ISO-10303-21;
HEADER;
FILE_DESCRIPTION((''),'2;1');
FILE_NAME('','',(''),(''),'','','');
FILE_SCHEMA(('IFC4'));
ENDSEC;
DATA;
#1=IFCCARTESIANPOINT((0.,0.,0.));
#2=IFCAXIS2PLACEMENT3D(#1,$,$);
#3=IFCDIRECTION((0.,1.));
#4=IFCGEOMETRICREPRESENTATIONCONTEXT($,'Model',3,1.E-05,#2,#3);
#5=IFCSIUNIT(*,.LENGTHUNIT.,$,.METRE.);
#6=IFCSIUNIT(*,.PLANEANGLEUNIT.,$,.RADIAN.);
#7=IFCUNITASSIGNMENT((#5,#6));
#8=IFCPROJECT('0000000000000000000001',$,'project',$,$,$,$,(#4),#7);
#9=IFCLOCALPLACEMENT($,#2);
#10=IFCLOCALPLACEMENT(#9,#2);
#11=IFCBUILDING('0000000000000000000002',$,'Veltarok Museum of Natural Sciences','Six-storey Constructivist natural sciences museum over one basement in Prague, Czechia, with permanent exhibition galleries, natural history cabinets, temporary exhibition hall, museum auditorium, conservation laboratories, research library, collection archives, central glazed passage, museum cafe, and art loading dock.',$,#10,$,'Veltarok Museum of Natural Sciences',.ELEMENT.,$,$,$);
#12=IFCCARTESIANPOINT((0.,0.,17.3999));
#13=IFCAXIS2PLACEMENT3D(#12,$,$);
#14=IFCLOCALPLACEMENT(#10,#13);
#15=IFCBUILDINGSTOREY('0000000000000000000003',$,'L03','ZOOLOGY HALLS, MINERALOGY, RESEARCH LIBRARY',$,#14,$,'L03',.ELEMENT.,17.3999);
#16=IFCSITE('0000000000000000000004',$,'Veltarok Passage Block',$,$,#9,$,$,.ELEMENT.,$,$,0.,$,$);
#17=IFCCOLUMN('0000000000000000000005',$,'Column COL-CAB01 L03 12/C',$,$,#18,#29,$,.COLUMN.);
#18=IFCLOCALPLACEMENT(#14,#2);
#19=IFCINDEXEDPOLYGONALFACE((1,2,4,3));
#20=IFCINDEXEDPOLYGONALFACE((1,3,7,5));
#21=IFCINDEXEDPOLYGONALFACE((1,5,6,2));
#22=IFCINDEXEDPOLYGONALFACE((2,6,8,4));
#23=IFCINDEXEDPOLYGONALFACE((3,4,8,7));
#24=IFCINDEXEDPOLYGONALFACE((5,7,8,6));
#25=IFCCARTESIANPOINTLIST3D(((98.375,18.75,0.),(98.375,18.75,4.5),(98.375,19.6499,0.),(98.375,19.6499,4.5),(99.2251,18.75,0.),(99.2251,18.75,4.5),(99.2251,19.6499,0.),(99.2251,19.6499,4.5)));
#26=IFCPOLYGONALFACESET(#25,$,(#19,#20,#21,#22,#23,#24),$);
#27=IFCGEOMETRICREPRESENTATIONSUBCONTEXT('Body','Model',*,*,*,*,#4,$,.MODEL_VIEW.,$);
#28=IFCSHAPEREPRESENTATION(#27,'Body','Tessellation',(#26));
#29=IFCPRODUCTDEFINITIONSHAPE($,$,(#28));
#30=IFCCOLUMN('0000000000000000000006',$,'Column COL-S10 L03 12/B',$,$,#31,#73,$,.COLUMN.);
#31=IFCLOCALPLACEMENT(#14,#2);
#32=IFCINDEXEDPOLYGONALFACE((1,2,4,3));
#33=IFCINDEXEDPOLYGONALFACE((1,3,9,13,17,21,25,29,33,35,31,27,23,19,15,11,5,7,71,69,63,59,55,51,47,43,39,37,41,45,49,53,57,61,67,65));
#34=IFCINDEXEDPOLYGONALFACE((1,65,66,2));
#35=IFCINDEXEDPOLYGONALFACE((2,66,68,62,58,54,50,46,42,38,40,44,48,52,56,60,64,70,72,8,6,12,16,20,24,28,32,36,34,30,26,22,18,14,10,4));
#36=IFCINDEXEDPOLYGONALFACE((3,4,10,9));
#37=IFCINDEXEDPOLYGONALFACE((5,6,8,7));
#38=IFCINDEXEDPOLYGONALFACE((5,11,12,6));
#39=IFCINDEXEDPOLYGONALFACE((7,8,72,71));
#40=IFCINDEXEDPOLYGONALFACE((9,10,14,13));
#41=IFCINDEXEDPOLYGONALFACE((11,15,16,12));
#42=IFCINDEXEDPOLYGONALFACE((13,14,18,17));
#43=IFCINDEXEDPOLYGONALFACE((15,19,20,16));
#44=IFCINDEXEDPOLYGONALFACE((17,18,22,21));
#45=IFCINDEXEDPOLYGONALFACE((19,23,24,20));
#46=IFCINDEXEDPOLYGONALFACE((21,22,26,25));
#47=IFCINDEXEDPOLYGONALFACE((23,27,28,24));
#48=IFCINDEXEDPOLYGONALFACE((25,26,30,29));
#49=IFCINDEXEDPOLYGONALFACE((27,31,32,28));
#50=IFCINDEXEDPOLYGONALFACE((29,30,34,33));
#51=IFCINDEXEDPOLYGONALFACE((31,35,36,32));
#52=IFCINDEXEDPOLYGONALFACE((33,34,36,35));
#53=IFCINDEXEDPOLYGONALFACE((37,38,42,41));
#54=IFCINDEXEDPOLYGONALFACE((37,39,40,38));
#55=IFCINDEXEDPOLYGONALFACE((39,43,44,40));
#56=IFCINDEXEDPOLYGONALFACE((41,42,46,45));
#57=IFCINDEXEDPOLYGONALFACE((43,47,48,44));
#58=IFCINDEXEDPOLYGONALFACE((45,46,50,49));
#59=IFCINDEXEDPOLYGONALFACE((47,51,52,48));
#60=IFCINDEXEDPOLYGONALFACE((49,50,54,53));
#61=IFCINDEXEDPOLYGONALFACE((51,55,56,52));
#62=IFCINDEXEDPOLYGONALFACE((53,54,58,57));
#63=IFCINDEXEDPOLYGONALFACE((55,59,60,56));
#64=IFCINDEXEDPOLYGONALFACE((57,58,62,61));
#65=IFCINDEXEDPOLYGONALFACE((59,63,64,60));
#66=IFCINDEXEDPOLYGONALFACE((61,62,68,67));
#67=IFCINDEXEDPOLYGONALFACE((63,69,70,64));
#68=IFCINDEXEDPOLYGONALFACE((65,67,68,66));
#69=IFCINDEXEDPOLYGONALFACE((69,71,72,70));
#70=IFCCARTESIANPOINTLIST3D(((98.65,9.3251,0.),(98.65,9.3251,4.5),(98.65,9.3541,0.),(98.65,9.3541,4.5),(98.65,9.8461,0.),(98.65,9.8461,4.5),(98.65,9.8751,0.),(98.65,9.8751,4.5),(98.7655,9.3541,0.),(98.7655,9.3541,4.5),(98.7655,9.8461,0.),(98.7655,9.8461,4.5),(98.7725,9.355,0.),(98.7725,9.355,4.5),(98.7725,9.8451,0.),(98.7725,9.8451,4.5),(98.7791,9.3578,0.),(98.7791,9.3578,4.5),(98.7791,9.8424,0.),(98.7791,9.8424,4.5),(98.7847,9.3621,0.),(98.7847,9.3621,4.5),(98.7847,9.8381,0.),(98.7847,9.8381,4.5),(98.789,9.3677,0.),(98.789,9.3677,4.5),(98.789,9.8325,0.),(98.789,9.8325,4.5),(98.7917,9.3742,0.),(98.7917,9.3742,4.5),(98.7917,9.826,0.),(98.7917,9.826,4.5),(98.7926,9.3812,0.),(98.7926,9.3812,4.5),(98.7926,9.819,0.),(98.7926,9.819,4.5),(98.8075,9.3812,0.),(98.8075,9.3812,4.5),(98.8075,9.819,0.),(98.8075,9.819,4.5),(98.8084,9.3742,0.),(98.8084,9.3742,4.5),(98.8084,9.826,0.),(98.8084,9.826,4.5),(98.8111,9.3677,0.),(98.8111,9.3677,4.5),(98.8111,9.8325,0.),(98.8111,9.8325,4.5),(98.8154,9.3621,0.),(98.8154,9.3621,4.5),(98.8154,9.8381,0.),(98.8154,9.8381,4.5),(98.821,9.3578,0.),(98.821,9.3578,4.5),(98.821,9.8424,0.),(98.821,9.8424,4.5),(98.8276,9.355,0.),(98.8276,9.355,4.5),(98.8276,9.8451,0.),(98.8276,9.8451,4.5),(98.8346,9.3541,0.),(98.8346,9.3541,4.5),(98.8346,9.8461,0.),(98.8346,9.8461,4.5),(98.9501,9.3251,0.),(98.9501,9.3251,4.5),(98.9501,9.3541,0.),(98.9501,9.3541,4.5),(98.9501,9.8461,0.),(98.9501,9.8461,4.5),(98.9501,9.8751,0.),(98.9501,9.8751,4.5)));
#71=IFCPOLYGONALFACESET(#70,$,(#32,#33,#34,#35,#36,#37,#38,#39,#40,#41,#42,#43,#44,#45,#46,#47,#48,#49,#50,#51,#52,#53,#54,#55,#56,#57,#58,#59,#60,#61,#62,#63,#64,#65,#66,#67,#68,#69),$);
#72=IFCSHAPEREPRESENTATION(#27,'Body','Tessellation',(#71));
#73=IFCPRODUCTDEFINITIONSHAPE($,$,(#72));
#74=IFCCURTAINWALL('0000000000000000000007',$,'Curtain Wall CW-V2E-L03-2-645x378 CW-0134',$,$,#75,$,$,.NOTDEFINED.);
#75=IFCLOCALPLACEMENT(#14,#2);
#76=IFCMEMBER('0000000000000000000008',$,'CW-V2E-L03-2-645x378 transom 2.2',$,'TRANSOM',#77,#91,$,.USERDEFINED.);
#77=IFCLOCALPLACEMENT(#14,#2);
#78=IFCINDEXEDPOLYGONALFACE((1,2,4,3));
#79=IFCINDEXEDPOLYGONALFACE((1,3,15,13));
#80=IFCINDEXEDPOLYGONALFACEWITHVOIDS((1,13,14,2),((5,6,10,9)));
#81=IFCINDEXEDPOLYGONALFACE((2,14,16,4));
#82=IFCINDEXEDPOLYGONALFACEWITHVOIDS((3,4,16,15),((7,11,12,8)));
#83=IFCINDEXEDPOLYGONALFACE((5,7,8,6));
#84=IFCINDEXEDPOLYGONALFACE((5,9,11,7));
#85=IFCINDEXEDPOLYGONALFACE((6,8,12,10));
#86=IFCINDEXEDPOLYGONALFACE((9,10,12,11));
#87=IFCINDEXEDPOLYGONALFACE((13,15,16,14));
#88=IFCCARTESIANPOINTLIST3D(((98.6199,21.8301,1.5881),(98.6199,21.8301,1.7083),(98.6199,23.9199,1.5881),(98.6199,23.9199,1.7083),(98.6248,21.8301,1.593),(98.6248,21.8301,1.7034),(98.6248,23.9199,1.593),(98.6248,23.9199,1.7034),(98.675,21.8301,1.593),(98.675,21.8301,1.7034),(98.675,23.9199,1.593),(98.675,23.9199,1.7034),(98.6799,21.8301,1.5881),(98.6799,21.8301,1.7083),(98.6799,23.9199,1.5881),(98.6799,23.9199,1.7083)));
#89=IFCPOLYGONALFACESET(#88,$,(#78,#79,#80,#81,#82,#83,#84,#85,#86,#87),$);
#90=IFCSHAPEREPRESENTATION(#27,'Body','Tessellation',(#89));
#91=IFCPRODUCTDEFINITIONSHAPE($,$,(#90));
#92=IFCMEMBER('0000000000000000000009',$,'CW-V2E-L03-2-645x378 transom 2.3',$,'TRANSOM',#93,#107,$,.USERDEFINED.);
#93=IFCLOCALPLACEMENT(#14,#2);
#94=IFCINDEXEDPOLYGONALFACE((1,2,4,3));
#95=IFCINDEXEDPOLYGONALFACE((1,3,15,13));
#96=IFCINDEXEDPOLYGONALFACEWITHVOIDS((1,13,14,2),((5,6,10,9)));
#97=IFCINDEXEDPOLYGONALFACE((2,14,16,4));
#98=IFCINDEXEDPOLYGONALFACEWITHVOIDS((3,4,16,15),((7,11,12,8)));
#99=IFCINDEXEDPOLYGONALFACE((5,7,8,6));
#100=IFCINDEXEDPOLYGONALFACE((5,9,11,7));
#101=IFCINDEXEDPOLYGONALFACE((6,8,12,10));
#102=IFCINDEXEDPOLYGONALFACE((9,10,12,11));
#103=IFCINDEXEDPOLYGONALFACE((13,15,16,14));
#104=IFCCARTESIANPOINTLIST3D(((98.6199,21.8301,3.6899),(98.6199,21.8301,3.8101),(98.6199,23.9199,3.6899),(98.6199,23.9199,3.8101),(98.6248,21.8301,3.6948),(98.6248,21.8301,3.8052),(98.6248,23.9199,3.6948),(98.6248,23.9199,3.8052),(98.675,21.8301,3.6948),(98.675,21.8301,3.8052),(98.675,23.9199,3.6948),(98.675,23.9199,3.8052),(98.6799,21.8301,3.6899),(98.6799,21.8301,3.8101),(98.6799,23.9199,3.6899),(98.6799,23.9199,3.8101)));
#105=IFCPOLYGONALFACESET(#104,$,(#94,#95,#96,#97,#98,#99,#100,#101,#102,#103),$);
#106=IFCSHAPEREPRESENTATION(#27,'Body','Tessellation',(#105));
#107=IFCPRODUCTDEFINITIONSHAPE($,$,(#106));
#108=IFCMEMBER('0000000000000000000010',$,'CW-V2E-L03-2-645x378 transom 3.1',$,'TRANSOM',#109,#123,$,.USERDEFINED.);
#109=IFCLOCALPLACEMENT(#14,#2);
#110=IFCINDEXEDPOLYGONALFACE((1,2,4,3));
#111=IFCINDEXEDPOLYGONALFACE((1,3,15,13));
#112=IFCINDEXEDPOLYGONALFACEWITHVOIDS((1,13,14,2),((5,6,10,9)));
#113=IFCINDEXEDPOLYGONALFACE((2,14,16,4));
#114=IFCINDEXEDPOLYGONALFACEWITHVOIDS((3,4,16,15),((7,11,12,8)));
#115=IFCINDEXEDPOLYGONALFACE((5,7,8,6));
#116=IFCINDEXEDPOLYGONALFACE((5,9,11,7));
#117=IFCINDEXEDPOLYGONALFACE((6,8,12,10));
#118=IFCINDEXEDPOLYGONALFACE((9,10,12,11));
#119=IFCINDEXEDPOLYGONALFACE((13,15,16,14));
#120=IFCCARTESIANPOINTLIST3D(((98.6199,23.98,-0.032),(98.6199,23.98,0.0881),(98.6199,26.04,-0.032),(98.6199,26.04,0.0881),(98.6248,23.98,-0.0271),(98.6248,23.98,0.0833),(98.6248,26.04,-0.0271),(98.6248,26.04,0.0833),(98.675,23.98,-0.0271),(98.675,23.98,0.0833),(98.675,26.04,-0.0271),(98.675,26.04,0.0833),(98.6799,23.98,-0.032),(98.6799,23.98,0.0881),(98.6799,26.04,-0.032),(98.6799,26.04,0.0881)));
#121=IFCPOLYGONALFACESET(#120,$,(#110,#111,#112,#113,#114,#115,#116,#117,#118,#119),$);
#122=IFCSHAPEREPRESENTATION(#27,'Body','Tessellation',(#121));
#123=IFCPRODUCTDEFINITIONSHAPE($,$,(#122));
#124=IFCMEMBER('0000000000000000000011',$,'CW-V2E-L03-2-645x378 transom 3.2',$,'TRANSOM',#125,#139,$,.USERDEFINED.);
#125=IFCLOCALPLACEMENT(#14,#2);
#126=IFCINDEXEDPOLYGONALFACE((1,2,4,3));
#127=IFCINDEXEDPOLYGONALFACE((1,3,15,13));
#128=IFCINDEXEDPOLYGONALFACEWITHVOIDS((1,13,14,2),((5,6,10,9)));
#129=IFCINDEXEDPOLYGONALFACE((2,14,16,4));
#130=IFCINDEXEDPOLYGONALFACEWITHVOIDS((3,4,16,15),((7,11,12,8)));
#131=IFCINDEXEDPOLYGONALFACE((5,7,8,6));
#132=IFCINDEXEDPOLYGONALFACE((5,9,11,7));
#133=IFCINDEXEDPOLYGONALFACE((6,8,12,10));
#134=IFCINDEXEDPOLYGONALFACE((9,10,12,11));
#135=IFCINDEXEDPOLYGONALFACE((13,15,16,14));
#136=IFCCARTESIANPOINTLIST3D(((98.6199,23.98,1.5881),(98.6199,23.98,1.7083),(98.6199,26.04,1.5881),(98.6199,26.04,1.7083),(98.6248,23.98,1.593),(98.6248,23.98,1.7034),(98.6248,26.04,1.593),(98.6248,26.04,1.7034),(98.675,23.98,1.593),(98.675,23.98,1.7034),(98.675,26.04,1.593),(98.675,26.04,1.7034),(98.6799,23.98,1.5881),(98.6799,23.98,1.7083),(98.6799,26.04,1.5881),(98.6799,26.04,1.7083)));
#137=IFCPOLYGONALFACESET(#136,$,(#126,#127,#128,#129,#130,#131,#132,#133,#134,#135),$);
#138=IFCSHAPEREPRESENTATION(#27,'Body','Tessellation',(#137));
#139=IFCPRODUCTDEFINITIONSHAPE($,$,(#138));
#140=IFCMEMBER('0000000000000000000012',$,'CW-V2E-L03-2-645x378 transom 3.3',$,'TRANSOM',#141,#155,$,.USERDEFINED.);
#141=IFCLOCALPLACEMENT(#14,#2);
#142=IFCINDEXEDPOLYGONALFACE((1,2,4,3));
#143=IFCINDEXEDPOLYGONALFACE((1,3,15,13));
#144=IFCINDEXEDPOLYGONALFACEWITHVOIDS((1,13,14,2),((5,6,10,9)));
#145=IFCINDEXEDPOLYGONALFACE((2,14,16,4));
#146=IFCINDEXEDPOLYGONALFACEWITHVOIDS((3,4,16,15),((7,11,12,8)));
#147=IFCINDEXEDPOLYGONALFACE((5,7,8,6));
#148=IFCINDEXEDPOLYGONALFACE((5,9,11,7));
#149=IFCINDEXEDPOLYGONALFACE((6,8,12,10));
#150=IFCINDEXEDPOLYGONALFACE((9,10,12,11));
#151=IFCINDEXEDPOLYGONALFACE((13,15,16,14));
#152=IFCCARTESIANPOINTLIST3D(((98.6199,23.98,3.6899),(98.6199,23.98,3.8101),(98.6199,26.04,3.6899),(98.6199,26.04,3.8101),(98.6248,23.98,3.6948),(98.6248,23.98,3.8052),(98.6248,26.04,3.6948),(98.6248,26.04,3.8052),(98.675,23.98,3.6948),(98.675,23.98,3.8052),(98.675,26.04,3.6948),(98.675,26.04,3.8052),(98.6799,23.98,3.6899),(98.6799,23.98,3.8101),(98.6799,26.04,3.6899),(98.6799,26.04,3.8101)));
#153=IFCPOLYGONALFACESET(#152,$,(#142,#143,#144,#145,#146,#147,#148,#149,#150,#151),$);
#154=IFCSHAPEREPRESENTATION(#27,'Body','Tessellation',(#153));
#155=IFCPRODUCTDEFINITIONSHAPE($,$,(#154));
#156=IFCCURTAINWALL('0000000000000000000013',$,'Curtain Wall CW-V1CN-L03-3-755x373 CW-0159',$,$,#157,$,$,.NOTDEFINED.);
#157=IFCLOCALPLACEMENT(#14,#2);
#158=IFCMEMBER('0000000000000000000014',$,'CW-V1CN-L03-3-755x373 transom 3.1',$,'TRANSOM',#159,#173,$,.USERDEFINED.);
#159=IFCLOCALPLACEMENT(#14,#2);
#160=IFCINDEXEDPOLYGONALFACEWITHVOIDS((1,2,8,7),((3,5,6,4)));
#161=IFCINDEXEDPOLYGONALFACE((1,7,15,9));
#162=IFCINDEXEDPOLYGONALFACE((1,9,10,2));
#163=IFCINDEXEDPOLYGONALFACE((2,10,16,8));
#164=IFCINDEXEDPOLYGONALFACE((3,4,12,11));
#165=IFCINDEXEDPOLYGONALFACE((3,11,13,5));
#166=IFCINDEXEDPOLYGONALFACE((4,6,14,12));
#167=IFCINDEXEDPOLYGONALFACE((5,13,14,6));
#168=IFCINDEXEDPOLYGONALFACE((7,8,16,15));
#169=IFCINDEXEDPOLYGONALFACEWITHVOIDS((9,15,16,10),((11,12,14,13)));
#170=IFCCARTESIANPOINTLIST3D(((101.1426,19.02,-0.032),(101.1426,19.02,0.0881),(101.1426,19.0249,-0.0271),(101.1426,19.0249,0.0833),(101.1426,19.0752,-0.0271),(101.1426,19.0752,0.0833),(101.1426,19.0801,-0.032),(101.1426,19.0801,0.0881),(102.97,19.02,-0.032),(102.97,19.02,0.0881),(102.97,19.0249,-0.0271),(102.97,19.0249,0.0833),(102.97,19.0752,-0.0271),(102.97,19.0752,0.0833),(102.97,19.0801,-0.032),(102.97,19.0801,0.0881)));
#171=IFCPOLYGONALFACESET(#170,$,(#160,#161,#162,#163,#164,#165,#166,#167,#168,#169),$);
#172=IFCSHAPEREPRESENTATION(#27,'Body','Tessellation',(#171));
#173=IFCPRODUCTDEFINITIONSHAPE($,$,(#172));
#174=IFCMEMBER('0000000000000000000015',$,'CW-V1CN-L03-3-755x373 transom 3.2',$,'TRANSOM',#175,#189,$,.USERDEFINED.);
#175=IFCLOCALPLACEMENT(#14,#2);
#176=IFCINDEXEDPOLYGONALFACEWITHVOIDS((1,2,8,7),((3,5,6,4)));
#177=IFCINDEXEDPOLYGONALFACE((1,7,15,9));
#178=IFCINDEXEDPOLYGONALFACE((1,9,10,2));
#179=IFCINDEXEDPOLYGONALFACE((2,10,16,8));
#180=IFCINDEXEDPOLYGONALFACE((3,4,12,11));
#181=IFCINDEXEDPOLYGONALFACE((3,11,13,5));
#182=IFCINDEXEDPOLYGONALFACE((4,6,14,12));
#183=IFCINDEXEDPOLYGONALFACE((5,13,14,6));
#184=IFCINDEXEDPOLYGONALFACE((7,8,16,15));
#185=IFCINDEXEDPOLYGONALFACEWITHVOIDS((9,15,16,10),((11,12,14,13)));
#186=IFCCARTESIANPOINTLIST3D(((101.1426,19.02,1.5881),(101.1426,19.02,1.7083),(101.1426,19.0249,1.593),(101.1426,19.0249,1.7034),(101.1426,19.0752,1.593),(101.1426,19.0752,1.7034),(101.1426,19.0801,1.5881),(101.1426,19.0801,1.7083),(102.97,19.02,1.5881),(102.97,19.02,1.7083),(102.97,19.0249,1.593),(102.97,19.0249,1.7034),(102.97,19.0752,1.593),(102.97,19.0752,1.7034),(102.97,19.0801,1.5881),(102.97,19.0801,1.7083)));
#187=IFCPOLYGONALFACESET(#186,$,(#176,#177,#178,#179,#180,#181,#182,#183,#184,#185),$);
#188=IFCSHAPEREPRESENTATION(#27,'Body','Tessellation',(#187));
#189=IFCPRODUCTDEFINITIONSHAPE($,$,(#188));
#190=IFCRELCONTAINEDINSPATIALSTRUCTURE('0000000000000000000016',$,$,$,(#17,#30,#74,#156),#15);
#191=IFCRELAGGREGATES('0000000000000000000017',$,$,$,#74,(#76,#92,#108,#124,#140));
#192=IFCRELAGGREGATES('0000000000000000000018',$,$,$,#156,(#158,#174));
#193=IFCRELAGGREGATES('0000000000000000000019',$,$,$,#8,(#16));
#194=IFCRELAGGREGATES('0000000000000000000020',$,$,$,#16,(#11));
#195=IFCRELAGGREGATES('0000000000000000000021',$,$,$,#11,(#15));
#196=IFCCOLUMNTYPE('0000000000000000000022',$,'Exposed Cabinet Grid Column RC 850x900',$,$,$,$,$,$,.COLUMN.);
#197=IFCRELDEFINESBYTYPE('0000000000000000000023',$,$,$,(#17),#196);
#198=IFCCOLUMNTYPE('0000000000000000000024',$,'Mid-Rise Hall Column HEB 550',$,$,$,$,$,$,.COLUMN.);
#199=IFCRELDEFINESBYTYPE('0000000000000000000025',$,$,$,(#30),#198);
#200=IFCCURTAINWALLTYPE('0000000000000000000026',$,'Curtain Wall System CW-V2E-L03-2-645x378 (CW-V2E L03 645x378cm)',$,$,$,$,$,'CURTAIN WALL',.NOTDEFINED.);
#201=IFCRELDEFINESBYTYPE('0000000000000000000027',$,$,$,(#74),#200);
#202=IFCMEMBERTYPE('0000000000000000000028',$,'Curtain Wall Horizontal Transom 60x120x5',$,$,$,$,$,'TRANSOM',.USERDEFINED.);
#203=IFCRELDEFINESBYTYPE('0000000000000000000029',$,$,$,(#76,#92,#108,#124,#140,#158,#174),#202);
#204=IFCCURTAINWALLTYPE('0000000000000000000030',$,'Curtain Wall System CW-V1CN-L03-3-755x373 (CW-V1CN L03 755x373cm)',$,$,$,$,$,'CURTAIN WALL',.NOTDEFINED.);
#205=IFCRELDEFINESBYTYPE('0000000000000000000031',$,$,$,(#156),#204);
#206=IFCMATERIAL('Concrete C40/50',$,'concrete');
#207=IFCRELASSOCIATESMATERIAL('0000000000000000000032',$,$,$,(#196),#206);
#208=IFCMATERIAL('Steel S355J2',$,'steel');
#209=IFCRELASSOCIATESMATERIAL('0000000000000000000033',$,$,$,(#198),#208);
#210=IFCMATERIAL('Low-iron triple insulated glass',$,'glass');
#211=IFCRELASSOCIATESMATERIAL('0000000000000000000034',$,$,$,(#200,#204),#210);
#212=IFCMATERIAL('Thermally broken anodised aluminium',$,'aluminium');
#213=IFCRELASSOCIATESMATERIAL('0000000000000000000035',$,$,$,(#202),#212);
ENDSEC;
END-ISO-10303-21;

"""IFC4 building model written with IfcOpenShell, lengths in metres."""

from ifc_helpers import new_model, si_unit, direction, frame, origin, origin_2d, place, context, subcontext, project, spatial, rectangle, hollow_rectangle, i_section, extrude, material, material_profile, profile_set, type_object, element, aggregate, save


model = new_model("IFC4")

# Units and contexts
model_context = context("Model", 3, precision=1e-05, world=origin(), true_north=direction((0.0, 1.0)))
body_context = subcontext(model_context, "Body", "Model", "MODEL_VIEW")
ifc_project = project(units=[si_unit("LENGTHUNIT", "METRE"), si_unit("PLANEANGLEUNIT", "RADIAN")], contexts=[model_context])

# Site, building, storey
site_placement = place(None, origin())
site = spatial("IfcSite", under=ifc_project, at=site_placement, Name="Veltarok Passage Block", CompositionType="ELEMENT", RefElevation=0.0)
building_placement = place(site_placement, origin())
building = spatial("IfcBuilding", under=site, at=building_placement, Name="Veltarok Museum of Natural Sciences", Description="Six-storey Constructivist natural sciences museum over one basement in Prague, Czechia, with permanent exhibition galleries, natural history cabinets, temporary exhibition hall, museum auditorium, conservation laboratories, research library, collection archives, central glazed passage, museum cafe, and art loading dock.", LongName="Veltarok Museum of Natural Sciences", CompositionType="ELEMENT")
storey_placement = place(building_placement, frame((0.0, 0.0, 17.3999)))
storey = spatial("IfcBuildingStorey", under=building, at=storey_placement, Name="L03", Description="ZOOLOGY HALLS, MINERALOGY, RESEARCH LIBRARY", LongName="L03", CompositionType="ELEMENT", Elevation=17.3999)

# Columns
ifc_material_1 = material(Name="Concrete C40/50", Category="concrete")
ifc_material_profile_1 = material_profile(ifc_material_1, rectangle(XDim=0.8501, YDim=0.8999, at=origin_2d()), Name="RC 850x900")
ifc_profile_set_1 = profile_set([ifc_material_profile_1], Name="Concrete C40/50")
column_type_1 = type_object("IfcColumnType", Name="Exposed Cabinet Grid Column RC 850x900", PredefinedType="COLUMN", material=ifc_profile_set_1)
column_1_placement = place(storey_placement, frame((98.8, 19.2, 0.0), z_axis=(0.0, 0.0, 1.0), x_axis=(1.0, 0.0, 0.0)))
element("IfcColumn", 1, at=column_1_placement, inside=storey, type_object=column_type_1, Name="Column COL-CAB01 L03 12/C", PredefinedType="COLUMN", context=body_context, shape_type="SweptSolid", body=[
    extrude(rectangle(XDim=0.8501, YDim=0.8999, at=origin_2d()), origin(), (0.0, 0.0, 1.0), 4.5),
])
ifc_material_2 = material(Name="Steel S355J2", Category="steel")
ifc_material_profile_2 = material_profile(ifc_material_2, i_section(OverallWidth=0.3, OverallDepth=0.55, WebThickness=0.0149, FlangeThickness=0.0291, FilletRadius=0.0271, at=origin_2d()), Name="HEB 550")
ifc_profile_set_2 = profile_set([ifc_material_profile_2], Name="Steel S355J2")
column_type_2 = type_object("IfcColumnType", Name="Mid-Rise Hall Column HEB 550", PredefinedType="COLUMN", material=ifc_profile_set_2)
column_2_placement = place(storey_placement, frame((98.8, 9.6001, 0.0), z_axis=(0.0, 0.0, 1.0), x_axis=(1.0, 0.0, 0.0)))
element("IfcColumn", 2, at=column_2_placement, inside=storey, type_object=column_type_2, Name="Column COL-S10 L03 12/B", PredefinedType="COLUMN", context=body_context, shape_type="SweptSolid", body=[
    extrude(i_section(OverallWidth=0.3, OverallDepth=0.55, WebThickness=0.0149, FlangeThickness=0.0291, FilletRadius=0.0271, at=origin_2d()), origin(), (0.0, 0.0, 1.0), 4.5),
])

# Curtain walls, members
ifc_material_3 = material(Name="Low-iron triple insulated glass", Category="glass")
curtain_wall_type_1 = type_object("IfcCurtainWallType", Name="Curtain Wall System CW-V2E-L03-2-645x378 (CW-V2E L03 645x378cm)", ElementType="CURTAIN WALL", PredefinedType="NOTDEFINED", material=ifc_material_3)
curtain_wall_1_placement = place(storey_placement, origin())
curtain_wall_1 = element("IfcCurtainWall", 3, at=curtain_wall_1_placement, inside=storey, type_object=curtain_wall_type_1, Name="Curtain Wall CW-V2E-L03-2-645x378 CW-0134", PredefinedType="NOTDEFINED")
ifc_material_4 = material(Name="Thermally broken anodised aluminium", Category="aluminium")
ifc_material_profile_3 = material_profile(ifc_material_4, hollow_rectangle(XDim=0.0601, YDim=0.1201, WallThickness=0.0049, at=origin_2d()), Name="CW TRANSOM 60x120x5")
ifc_profile_set_3 = profile_set([ifc_material_profile_3], Name="Thermally broken anodised aluminium")
member_type_1 = type_object("IfcMemberType", Name="Curtain Wall Horizontal Transom 60x120x5", ElementType="TRANSOM", PredefinedType="USERDEFINED", material=ifc_profile_set_3)
member_1_placement = place(storey_placement, frame((98.6499, 21.8301, 1.6482), z_axis=(0.0, 1.0, 0.0), x_axis=(-1.0, 0.0, 0.0)))
member_1 = element("IfcMember", 4, at=member_1_placement, type_object=member_type_1, Name="CW-V2E-L03-2-645x378 transom 2.2", ObjectType="TRANSOM", PredefinedType="USERDEFINED", context=body_context, shape_type="SweptSolid", body=[
    extrude(hollow_rectangle(XDim=0.0601, YDim=0.1201, WallThickness=0.0049, at=origin_2d()), origin(), (0.0, 0.0, 1.0), 2.0898),
])
member_2_placement = place(storey_placement, frame((98.6499, 21.8301, 3.75), z_axis=(0.0, 1.0, 0.0), x_axis=(-1.0, 0.0, 0.0)))
member_2 = element("IfcMember", 5, at=member_2_placement, type_object=member_type_1, Name="CW-V2E-L03-2-645x378 transom 2.3", ObjectType="TRANSOM", PredefinedType="USERDEFINED", context=body_context, shape_type="SweptSolid", body=[
    extrude(hollow_rectangle(XDim=0.0601, YDim=0.1201, WallThickness=0.0049, at=origin_2d()), origin(), (0.0, 0.0, 1.0), 2.0898),
])
member_3_placement = place(storey_placement, frame((98.6499, 23.98, 0.0281), z_axis=(0.0, 1.0, 0.0), x_axis=(-1.0, 0.0, 0.0)))
member_3 = element("IfcMember", 6, at=member_3_placement, type_object=member_type_1, Name="CW-V2E-L03-2-645x378 transom 3.1", ObjectType="TRANSOM", PredefinedType="USERDEFINED", context=body_context, shape_type="SweptSolid", body=[
    extrude(hollow_rectangle(XDim=0.0601, YDim=0.1201, WallThickness=0.0049, at=origin_2d()), origin(), (0.0, 0.0, 1.0), 2.0601),
])
member_4_placement = place(storey_placement, frame((98.6499, 23.98, 1.6482), z_axis=(0.0, 1.0, 0.0), x_axis=(-1.0, 0.0, 0.0)))
member_4 = element("IfcMember", 7, at=member_4_placement, type_object=member_type_1, Name="CW-V2E-L03-2-645x378 transom 3.2", ObjectType="TRANSOM", PredefinedType="USERDEFINED", context=body_context, shape_type="SweptSolid", body=[
    extrude(hollow_rectangle(XDim=0.0601, YDim=0.1201, WallThickness=0.0049, at=origin_2d()), origin(), (0.0, 0.0, 1.0), 2.0601),
])
member_5_placement = place(storey_placement, frame((98.6499, 23.98, 3.75), z_axis=(0.0, 1.0, 0.0), x_axis=(-1.0, 0.0, 0.0)))
member_5 = element("IfcMember", 8, at=member_5_placement, type_object=member_type_1, Name="CW-V2E-L03-2-645x378 transom 3.3", ObjectType="TRANSOM", PredefinedType="USERDEFINED", context=body_context, shape_type="SweptSolid", body=[
    extrude(hollow_rectangle(XDim=0.0601, YDim=0.1201, WallThickness=0.0049, at=origin_2d()), origin(), (0.0, 0.0, 1.0), 2.0601),
])
curtain_wall_type_2 = type_object("IfcCurtainWallType", Name="Curtain Wall System CW-V1CN-L03-3-755x373 (CW-V1CN L03 755x373cm)", ElementType="CURTAIN WALL", PredefinedType="NOTDEFINED", material=ifc_material_3)
curtain_wall_2_placement = place(storey_placement, origin())
curtain_wall_2 = element("IfcCurtainWall", 9, at=curtain_wall_2_placement, inside=storey, type_object=curtain_wall_type_2, Name="Curtain Wall CW-V1CN-L03-3-755x373 CW-0159", PredefinedType="NOTDEFINED")
member_6_placement = place(storey_placement, frame((102.97, 19.05, 0.0281), z_axis=(-1.0, 0.0, 0.0), x_axis=(0.0, -1.0, 0.0)))
member_6 = element("IfcMember", 10, at=member_6_placement, type_object=member_type_1, Name="CW-V1CN-L03-3-755x373 transom 3.1", ObjectType="TRANSOM", PredefinedType="USERDEFINED", context=body_context, shape_type="SweptSolid", body=[
    extrude(hollow_rectangle(XDim=0.0601, YDim=0.1201, WallThickness=0.0049, at=origin_2d()), origin(), (0.0, 0.0, 1.0), 1.8274),
])
member_7_placement = place(storey_placement, frame((102.97, 19.05, 1.6482), z_axis=(-1.0, 0.0, 0.0), x_axis=(0.0, -1.0, 0.0)))
member_7 = element("IfcMember", 11, at=member_7_placement, type_object=member_type_1, Name="CW-V1CN-L03-3-755x373 transom 3.2", ObjectType="TRANSOM", PredefinedType="USERDEFINED", context=body_context, shape_type="SweptSolid", body=[
    extrude(hollow_rectangle(XDim=0.0601, YDim=0.1201, WallThickness=0.0049, at=origin_2d()), origin(), (0.0, 0.0, 1.0), 1.8274),
])

aggregate(curtain_wall_1, [member_1, member_2, member_3, member_4, member_5])
aggregate(curtain_wall_2, [member_6, member_7])

save(model, "model.ifc")
